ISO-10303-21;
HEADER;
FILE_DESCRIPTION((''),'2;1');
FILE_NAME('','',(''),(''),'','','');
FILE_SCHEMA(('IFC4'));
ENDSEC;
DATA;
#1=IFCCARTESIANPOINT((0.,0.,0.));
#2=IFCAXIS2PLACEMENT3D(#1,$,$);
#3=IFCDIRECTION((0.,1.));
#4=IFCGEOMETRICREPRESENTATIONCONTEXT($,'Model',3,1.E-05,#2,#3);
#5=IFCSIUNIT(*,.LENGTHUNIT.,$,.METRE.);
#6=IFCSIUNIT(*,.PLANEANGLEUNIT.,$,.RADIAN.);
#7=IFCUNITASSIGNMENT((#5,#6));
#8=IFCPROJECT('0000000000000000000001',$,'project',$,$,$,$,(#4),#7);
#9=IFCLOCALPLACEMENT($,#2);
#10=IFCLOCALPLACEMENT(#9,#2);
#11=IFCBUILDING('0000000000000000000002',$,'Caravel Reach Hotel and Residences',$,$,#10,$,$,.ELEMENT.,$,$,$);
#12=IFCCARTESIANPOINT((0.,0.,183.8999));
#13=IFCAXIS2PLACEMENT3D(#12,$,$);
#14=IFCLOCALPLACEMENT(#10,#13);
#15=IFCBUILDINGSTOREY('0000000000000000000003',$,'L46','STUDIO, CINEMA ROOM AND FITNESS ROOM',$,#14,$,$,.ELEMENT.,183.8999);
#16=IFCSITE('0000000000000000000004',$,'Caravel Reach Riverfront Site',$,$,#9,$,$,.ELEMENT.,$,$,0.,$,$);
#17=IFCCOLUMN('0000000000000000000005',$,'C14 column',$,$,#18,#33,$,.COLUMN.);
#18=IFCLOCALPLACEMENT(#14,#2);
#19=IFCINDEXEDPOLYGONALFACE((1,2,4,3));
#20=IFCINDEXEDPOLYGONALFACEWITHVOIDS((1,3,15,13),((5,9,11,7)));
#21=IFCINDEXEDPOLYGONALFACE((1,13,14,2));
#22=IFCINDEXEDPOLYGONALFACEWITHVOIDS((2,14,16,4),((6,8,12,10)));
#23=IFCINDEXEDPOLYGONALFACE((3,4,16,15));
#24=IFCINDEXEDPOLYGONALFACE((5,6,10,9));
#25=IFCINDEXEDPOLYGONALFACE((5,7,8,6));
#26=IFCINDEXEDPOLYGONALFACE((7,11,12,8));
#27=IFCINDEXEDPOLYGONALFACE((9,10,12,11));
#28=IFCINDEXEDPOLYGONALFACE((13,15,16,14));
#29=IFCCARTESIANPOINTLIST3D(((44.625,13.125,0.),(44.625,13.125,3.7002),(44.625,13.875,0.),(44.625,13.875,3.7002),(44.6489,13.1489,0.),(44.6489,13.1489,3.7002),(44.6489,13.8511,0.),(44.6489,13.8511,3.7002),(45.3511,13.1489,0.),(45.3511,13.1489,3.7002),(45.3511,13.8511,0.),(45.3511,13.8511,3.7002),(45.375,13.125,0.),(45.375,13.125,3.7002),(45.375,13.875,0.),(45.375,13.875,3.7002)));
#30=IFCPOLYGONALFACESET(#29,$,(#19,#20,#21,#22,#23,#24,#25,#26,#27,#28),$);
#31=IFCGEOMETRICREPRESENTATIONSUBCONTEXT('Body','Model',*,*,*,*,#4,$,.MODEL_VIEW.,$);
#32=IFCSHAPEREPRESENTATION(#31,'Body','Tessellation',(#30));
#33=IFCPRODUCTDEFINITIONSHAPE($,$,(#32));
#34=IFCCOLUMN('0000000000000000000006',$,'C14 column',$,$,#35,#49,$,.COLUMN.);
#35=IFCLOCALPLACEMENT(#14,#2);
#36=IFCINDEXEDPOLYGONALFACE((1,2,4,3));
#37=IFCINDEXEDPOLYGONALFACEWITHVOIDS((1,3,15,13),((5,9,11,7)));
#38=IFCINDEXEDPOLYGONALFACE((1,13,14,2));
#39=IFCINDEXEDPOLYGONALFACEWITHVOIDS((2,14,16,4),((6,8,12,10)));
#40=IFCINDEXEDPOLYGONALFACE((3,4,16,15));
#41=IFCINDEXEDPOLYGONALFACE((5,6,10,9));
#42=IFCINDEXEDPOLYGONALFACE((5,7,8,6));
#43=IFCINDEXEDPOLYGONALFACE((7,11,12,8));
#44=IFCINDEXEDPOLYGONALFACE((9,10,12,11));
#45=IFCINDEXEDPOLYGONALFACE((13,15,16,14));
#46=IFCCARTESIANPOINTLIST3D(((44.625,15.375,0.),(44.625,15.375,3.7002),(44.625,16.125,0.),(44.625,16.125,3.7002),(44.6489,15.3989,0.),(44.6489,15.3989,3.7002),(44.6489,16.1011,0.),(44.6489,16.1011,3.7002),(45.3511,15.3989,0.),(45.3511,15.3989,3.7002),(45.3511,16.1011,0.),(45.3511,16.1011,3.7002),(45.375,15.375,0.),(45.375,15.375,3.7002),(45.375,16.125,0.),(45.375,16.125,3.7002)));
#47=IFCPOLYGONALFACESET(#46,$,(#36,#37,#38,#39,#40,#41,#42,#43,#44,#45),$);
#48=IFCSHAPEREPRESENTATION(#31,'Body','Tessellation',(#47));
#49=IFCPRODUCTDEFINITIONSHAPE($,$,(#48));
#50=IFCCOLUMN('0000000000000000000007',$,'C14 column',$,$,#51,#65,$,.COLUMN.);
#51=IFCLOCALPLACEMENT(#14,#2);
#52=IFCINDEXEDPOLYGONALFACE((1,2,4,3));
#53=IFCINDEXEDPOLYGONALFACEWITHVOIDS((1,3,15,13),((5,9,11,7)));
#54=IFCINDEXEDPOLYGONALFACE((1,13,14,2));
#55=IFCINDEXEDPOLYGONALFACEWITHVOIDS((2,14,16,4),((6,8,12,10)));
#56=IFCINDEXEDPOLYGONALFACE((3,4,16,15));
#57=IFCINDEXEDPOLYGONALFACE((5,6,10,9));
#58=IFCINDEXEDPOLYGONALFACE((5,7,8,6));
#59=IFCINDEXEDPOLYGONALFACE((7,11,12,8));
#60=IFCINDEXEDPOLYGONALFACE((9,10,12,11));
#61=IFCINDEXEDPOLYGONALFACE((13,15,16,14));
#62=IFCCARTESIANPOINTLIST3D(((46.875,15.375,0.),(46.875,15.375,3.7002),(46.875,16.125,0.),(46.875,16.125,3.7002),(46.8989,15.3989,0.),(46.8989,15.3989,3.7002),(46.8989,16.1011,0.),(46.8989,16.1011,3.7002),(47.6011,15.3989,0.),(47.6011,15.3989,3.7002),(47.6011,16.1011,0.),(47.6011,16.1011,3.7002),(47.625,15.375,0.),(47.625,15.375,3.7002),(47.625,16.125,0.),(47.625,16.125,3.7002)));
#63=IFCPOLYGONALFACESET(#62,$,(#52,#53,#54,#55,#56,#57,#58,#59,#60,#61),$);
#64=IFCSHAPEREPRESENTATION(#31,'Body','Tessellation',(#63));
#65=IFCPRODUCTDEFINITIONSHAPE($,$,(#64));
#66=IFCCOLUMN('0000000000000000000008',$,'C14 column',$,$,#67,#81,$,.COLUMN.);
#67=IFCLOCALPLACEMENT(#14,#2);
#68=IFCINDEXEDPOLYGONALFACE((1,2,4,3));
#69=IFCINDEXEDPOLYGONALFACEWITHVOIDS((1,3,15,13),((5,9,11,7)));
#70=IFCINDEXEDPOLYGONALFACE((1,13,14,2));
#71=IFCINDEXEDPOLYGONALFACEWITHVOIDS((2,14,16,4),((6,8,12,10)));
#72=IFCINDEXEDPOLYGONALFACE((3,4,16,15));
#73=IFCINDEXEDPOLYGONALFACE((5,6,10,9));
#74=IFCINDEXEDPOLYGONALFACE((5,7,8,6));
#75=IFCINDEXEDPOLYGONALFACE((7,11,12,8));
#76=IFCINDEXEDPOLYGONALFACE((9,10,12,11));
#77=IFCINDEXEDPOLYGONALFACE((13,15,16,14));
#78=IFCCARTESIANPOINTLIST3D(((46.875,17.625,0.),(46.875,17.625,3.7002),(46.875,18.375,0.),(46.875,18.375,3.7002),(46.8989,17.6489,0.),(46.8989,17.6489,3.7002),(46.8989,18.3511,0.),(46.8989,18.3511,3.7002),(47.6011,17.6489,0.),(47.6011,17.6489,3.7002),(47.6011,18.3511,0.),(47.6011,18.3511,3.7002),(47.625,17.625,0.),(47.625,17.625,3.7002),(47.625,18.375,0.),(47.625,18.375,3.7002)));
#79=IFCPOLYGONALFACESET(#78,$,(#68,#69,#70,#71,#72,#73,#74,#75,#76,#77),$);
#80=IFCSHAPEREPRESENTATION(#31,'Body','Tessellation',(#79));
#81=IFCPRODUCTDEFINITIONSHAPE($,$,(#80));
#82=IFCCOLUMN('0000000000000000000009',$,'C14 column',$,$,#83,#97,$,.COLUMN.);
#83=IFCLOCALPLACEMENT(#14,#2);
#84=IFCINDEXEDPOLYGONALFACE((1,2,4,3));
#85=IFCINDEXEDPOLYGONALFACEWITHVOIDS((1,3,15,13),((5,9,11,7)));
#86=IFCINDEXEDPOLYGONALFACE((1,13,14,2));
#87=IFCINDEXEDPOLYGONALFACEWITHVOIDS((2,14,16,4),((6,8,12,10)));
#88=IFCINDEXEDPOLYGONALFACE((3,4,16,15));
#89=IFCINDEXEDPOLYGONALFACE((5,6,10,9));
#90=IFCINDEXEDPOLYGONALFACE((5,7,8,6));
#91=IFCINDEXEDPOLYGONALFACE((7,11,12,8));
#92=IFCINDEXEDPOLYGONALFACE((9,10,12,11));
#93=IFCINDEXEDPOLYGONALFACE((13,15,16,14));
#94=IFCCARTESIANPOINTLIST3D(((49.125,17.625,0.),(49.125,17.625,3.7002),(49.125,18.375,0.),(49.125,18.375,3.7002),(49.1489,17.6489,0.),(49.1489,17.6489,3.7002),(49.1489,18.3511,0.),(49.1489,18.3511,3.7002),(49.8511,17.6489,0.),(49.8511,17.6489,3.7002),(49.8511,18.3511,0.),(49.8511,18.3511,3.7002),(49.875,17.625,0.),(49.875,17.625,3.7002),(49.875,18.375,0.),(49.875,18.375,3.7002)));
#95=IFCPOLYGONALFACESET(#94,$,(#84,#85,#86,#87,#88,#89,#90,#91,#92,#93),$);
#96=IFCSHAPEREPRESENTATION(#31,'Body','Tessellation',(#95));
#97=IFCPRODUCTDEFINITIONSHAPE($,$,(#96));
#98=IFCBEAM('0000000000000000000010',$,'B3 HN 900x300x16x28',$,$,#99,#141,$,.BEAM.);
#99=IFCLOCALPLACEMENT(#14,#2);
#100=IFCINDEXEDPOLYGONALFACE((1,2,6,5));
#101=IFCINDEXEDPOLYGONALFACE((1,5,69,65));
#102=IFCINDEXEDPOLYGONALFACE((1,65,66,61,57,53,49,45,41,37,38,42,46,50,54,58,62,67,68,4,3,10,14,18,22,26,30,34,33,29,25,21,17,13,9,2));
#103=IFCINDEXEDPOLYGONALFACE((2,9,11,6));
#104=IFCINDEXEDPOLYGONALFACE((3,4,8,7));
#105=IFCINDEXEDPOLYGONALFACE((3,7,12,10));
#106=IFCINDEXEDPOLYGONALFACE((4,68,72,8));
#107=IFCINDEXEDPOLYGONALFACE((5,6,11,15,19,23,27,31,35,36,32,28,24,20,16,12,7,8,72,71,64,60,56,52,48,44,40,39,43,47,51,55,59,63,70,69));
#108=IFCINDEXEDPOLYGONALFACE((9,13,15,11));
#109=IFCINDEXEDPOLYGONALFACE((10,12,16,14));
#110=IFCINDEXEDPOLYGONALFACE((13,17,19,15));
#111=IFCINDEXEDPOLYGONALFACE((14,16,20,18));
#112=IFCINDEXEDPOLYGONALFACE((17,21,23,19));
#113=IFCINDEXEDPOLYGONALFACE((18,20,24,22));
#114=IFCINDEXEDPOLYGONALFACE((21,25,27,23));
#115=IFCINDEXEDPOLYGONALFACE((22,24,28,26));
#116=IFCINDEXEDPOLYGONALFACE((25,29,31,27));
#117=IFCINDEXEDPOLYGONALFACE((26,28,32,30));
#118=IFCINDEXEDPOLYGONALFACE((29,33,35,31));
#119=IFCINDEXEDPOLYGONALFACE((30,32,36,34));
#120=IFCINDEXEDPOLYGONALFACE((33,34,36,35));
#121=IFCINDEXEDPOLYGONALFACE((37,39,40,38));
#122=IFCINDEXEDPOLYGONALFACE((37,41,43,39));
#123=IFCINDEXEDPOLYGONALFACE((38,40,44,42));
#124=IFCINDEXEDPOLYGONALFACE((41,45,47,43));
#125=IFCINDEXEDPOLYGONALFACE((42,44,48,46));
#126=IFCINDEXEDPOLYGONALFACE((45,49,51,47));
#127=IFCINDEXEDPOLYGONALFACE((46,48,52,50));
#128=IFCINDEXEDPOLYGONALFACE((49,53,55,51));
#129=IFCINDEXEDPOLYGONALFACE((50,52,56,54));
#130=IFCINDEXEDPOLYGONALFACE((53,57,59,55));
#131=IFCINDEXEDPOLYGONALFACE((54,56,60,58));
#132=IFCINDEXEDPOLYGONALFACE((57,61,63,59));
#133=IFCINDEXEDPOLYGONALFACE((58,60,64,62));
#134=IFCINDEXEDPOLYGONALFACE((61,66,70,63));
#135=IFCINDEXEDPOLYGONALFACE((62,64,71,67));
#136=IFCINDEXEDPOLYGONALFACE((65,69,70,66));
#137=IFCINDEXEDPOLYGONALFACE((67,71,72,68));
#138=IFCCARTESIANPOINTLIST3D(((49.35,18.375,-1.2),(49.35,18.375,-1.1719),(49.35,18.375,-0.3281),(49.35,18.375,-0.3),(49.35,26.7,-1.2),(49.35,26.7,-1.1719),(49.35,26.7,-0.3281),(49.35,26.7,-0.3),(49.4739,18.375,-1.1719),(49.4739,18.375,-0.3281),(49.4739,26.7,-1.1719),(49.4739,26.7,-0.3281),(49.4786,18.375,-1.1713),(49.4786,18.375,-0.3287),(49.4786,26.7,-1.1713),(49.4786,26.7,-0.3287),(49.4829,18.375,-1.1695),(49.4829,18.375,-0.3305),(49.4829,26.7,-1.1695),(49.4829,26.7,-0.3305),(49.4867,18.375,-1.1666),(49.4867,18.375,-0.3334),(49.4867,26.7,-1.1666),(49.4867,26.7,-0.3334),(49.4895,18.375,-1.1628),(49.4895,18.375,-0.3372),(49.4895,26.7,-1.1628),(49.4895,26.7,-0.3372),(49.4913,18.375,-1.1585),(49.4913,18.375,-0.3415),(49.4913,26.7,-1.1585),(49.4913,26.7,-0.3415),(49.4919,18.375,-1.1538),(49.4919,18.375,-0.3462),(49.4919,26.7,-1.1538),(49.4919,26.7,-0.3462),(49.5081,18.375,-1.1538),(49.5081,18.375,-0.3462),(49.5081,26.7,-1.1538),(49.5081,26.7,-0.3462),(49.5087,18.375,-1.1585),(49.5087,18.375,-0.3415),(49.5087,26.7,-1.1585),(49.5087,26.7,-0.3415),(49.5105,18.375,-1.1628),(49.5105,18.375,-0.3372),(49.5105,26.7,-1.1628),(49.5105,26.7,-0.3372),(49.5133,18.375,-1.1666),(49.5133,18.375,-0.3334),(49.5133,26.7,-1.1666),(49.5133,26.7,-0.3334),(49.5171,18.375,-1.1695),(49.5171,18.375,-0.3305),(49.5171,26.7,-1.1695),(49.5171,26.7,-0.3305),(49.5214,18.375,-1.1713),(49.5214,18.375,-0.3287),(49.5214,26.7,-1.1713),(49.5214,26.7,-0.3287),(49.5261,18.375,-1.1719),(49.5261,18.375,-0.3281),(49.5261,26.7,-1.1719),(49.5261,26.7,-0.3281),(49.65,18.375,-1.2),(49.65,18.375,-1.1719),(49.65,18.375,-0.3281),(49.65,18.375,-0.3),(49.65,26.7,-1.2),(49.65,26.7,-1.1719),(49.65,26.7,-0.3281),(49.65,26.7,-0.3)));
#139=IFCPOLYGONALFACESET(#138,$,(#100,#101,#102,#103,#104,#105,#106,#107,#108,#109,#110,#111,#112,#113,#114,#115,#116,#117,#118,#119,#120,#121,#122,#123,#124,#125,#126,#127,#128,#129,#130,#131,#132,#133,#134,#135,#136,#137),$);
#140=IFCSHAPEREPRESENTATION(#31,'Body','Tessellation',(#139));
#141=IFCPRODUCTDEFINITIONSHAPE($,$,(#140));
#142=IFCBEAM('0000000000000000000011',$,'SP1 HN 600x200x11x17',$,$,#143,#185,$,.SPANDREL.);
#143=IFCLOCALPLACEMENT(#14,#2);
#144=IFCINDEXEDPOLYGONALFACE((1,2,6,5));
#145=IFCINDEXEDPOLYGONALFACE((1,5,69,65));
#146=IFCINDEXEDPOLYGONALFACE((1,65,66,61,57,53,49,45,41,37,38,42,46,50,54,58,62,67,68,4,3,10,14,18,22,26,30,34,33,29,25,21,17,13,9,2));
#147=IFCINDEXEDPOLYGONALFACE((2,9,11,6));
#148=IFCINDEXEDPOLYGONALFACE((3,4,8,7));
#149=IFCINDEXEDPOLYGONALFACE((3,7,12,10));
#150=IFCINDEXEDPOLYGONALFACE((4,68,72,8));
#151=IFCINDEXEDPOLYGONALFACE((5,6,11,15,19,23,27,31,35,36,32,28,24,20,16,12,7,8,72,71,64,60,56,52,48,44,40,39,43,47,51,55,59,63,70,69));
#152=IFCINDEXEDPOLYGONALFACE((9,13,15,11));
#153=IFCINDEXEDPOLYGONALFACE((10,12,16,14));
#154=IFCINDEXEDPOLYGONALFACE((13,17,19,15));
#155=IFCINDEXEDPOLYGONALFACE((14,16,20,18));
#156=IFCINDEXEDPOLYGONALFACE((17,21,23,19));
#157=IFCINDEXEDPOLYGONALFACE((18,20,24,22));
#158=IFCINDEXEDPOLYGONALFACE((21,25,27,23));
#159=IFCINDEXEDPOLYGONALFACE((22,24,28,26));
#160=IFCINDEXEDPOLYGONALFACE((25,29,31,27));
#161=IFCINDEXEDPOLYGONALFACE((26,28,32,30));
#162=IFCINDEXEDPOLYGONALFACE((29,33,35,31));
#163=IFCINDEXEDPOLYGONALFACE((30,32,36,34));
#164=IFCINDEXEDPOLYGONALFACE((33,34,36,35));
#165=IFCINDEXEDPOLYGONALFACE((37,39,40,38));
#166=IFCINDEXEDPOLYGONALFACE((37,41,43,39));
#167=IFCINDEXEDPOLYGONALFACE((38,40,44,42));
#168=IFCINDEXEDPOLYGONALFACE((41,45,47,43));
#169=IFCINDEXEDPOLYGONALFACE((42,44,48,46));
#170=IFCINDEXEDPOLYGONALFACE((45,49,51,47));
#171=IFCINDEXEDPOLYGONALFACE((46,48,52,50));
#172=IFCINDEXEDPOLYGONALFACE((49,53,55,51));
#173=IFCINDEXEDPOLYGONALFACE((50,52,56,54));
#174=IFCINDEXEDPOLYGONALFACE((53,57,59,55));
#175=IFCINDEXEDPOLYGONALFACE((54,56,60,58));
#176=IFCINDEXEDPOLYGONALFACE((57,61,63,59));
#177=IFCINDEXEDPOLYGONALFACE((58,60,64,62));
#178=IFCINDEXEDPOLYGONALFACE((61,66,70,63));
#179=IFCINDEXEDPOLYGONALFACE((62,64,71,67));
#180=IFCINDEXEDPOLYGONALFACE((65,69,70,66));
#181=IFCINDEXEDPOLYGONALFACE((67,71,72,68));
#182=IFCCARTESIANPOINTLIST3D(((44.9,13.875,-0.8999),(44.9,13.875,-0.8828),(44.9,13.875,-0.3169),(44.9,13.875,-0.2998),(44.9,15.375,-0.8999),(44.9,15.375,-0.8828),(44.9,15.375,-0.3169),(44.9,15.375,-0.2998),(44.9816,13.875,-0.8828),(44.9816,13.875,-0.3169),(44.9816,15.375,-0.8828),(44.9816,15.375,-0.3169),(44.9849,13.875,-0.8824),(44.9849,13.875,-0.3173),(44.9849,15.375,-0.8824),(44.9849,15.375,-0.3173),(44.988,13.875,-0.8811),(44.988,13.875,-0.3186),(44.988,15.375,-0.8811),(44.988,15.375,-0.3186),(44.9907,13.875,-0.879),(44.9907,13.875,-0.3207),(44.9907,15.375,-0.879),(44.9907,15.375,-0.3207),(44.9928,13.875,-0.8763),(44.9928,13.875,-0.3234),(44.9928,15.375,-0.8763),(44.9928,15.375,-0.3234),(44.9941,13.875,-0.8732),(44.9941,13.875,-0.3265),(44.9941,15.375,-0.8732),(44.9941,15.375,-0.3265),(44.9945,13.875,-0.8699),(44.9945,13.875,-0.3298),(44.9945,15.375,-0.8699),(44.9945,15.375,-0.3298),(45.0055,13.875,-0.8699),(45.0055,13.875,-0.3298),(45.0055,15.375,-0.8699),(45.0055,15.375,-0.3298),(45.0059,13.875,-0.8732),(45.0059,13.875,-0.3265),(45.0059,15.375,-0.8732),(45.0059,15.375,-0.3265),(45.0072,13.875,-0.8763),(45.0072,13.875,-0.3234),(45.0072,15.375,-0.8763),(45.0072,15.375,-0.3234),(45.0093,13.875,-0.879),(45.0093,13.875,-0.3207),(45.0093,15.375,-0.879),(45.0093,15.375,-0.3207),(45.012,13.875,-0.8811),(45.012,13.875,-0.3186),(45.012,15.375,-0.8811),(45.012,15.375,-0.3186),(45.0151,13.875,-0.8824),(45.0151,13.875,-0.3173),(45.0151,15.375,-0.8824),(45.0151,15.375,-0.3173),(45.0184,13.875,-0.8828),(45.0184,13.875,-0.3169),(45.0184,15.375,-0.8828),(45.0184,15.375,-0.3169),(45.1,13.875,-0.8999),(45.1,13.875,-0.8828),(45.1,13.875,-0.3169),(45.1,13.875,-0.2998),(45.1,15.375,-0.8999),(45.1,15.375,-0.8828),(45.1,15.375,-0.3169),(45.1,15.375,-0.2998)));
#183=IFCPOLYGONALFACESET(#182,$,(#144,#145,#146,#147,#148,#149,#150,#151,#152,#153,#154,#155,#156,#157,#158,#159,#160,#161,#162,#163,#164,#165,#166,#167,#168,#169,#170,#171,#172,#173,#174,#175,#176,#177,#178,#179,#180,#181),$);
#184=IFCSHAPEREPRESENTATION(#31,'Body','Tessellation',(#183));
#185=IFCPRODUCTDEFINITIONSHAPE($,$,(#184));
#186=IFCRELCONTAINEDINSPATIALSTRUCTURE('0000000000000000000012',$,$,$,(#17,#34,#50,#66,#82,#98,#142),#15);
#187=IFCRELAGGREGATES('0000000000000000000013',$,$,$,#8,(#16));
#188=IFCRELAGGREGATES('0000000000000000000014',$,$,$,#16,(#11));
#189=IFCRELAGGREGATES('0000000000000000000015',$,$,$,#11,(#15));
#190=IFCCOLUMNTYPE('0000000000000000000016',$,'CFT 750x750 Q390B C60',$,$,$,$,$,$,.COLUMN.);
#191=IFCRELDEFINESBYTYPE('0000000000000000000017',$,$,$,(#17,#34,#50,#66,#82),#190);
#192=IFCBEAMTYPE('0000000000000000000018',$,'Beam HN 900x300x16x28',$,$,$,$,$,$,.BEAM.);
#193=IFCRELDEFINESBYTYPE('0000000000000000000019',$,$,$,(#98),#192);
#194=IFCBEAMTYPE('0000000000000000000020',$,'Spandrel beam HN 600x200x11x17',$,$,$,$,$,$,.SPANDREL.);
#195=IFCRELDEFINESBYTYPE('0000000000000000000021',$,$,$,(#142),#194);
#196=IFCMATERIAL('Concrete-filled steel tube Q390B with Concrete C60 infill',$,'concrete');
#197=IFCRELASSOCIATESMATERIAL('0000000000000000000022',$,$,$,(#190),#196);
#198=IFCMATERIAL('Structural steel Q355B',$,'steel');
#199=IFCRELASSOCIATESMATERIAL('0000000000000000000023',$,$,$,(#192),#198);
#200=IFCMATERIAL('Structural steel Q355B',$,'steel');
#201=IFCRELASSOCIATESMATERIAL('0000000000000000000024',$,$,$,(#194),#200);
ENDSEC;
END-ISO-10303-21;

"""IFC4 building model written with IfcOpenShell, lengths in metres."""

from ifc_helpers import new_model, si_unit, direction, frame, origin, origin_2d, place, context, subcontext, project, spatial, hollow_rectangle, i_section, extrude, material, material_profile, profile_set, type_object, element, save


model = new_model("IFC4")

# Units and contexts
model_context = context("Model", 3, precision=1e-05, world=origin(), true_north=direction((0.0, 1.0)))
body_context = subcontext(model_context, "Body", "Model", "MODEL_VIEW")
ifc_project = project(units=[si_unit("LENGTHUNIT", "METRE"), si_unit("PLANEANGLEUNIT", "RADIAN")], contexts=[model_context])

# Site, building, storey
site_placement = place(None, origin())
site = spatial("IfcSite", under=ifc_project, at=site_placement, Name="Caravel Reach Riverfront Site", CompositionType="ELEMENT", RefElevation=0.0)
building_placement = place(site_placement, origin())
building = spatial("IfcBuilding", under=site, at=building_placement, Name="Caravel Reach Hotel and Residences", CompositionType="ELEMENT")
storey_placement = place(building_placement, frame((0.0, 0.0, 183.8999)))
storey = spatial("IfcBuildingStorey", under=building, at=storey_placement, Name="L46", Description="STUDIO, CINEMA ROOM AND FITNESS ROOM", CompositionType="ELEMENT", Elevation=183.8999)

# Columns
ifc_material_1 = material(Name="Concrete-filled steel tube Q390B with Concrete C60 infill", Category="concrete")
ifc_material_profile_1 = material_profile(ifc_material_1, hollow_rectangle(XDim=0.75, YDim=0.75, WallThickness=0.0239, at=origin_2d()), Name="RHS 750x750x24")
ifc_profile_set_1 = profile_set([ifc_material_profile_1], Name="Concrete-filled steel tube Q390B with Concrete C60 infill")
column_type = type_object("IfcColumnType", Name="CFT 750x750 Q390B C60", PredefinedType="COLUMN", material=ifc_profile_set_1)
for number, where, z_axis, x_axis, name in (
    (1, (45.0, 13.5, 0.0), (0.0, 0.0, 1.0), (1.0, 0.0, 0.0), "C14 column"),
    (2, (45.0, 15.75, 0.0), (0.0, 0.0, 1.0), (1.0, 0.0, 0.0), "C14 column"),
    (3, (47.25, 15.75, 0.0), (0.0, 0.0, 1.0), (1.0, 0.0, 0.0), "C14 column"),
    (4, (47.25, 18.0, 0.0), (0.0, 0.0, 1.0), (1.0, 0.0, 0.0), "C14 column"),
    (5, (49.5, 18.0, 0.0), (0.0, 0.0, 1.0), (1.0, 0.0, 0.0), "C14 column"),
):
    element("IfcColumn", number, at=place(storey_placement, frame(where, z_axis=z_axis, x_axis=x_axis)), inside=storey, type_object=column_type, Name=name, PredefinedType="COLUMN", context=body_context, shape_type="SweptSolid", body=[
        extrude(hollow_rectangle(XDim=0.75, YDim=0.75, WallThickness=0.0239, at=origin_2d()), origin(), (0.0, 0.0, 1.0), 3.7002),
    ])

# Beams
ifc_material_2 = material(Name="Structural steel Q355B", Category="steel")
ifc_material_profile_2 = material_profile(ifc_material_2, i_section(OverallWidth=0.3, OverallDepth=0.8999, WebThickness=0.0161, FlangeThickness=0.0281, FilletRadius=0.0181, at=origin_2d()), Name="HN 900x300x16x28")
ifc_profile_set_2 = profile_set([ifc_material_profile_2], Name="Structural steel Q355B")
beam_type_1 = type_object("IfcBeamType", Name="Beam HN 900x300x16x28", PredefinedType="BEAM", material=ifc_profile_set_2)
beam_placement = place(storey_placement, frame((49.5, 18.375, -0.75), z_axis=(0.0, 1.0, 0.0), x_axis=(-1.0, 0.0, 0.0)))
element("IfcBeam", 6, at=beam_placement, inside=storey, type_object=beam_type_1, Name="B3 HN 900x300x16x28", PredefinedType="BEAM", context=body_context, shape_type="SweptSolid", body=[
    extrude(i_section(OverallWidth=0.3, OverallDepth=0.8999, WebThickness=0.0161, FlangeThickness=0.0281, FilletRadius=0.0181, at=origin_2d()), origin(), (0.0, 0.0, 1.0), 8.325),
])
ifc_material_3 = material(Name="Structural steel Q355B", Category="steel")
ifc_material_profile_3 = material_profile(ifc_material_3, i_section(OverallWidth=0.2, OverallDepth=0.6001, WebThickness=0.011, FlangeThickness=0.0171, FilletRadius=0.0129, at=origin_2d()), Name="HN 600x200x11x17")
ifc_profile_set_3 = profile_set([ifc_material_profile_3], Name="Structural steel Q355B")
beam_type_2 = type_object("IfcBeamType", Name="Spandrel beam HN 600x200x11x17", PredefinedType="SPANDREL", material=ifc_profile_set_3)
for number, where, z_axis, x_axis, name in (
    (7, (45.0, 13.875, -0.5999), (0.0, 1.0, 0.0), (-1.0, 0.0, 0.0), "SP1 HN 600x200x11x17"),
):
    element("IfcBeam", number, at=place(storey_placement, frame(where, z_axis=z_axis, x_axis=x_axis)), inside=storey, type_object=beam_type_2, Name=name, PredefinedType="SPANDREL", context=body_context, shape_type="SweptSolid", body=[
        extrude(i_section(OverallWidth=0.2, OverallDepth=0.6001, WebThickness=0.011, FlangeThickness=0.0171, FilletRadius=0.0129, at=origin_2d()), origin(), (0.0, 0.0, 1.0), 1.5),
    ])

save(model, "model.ifc")
